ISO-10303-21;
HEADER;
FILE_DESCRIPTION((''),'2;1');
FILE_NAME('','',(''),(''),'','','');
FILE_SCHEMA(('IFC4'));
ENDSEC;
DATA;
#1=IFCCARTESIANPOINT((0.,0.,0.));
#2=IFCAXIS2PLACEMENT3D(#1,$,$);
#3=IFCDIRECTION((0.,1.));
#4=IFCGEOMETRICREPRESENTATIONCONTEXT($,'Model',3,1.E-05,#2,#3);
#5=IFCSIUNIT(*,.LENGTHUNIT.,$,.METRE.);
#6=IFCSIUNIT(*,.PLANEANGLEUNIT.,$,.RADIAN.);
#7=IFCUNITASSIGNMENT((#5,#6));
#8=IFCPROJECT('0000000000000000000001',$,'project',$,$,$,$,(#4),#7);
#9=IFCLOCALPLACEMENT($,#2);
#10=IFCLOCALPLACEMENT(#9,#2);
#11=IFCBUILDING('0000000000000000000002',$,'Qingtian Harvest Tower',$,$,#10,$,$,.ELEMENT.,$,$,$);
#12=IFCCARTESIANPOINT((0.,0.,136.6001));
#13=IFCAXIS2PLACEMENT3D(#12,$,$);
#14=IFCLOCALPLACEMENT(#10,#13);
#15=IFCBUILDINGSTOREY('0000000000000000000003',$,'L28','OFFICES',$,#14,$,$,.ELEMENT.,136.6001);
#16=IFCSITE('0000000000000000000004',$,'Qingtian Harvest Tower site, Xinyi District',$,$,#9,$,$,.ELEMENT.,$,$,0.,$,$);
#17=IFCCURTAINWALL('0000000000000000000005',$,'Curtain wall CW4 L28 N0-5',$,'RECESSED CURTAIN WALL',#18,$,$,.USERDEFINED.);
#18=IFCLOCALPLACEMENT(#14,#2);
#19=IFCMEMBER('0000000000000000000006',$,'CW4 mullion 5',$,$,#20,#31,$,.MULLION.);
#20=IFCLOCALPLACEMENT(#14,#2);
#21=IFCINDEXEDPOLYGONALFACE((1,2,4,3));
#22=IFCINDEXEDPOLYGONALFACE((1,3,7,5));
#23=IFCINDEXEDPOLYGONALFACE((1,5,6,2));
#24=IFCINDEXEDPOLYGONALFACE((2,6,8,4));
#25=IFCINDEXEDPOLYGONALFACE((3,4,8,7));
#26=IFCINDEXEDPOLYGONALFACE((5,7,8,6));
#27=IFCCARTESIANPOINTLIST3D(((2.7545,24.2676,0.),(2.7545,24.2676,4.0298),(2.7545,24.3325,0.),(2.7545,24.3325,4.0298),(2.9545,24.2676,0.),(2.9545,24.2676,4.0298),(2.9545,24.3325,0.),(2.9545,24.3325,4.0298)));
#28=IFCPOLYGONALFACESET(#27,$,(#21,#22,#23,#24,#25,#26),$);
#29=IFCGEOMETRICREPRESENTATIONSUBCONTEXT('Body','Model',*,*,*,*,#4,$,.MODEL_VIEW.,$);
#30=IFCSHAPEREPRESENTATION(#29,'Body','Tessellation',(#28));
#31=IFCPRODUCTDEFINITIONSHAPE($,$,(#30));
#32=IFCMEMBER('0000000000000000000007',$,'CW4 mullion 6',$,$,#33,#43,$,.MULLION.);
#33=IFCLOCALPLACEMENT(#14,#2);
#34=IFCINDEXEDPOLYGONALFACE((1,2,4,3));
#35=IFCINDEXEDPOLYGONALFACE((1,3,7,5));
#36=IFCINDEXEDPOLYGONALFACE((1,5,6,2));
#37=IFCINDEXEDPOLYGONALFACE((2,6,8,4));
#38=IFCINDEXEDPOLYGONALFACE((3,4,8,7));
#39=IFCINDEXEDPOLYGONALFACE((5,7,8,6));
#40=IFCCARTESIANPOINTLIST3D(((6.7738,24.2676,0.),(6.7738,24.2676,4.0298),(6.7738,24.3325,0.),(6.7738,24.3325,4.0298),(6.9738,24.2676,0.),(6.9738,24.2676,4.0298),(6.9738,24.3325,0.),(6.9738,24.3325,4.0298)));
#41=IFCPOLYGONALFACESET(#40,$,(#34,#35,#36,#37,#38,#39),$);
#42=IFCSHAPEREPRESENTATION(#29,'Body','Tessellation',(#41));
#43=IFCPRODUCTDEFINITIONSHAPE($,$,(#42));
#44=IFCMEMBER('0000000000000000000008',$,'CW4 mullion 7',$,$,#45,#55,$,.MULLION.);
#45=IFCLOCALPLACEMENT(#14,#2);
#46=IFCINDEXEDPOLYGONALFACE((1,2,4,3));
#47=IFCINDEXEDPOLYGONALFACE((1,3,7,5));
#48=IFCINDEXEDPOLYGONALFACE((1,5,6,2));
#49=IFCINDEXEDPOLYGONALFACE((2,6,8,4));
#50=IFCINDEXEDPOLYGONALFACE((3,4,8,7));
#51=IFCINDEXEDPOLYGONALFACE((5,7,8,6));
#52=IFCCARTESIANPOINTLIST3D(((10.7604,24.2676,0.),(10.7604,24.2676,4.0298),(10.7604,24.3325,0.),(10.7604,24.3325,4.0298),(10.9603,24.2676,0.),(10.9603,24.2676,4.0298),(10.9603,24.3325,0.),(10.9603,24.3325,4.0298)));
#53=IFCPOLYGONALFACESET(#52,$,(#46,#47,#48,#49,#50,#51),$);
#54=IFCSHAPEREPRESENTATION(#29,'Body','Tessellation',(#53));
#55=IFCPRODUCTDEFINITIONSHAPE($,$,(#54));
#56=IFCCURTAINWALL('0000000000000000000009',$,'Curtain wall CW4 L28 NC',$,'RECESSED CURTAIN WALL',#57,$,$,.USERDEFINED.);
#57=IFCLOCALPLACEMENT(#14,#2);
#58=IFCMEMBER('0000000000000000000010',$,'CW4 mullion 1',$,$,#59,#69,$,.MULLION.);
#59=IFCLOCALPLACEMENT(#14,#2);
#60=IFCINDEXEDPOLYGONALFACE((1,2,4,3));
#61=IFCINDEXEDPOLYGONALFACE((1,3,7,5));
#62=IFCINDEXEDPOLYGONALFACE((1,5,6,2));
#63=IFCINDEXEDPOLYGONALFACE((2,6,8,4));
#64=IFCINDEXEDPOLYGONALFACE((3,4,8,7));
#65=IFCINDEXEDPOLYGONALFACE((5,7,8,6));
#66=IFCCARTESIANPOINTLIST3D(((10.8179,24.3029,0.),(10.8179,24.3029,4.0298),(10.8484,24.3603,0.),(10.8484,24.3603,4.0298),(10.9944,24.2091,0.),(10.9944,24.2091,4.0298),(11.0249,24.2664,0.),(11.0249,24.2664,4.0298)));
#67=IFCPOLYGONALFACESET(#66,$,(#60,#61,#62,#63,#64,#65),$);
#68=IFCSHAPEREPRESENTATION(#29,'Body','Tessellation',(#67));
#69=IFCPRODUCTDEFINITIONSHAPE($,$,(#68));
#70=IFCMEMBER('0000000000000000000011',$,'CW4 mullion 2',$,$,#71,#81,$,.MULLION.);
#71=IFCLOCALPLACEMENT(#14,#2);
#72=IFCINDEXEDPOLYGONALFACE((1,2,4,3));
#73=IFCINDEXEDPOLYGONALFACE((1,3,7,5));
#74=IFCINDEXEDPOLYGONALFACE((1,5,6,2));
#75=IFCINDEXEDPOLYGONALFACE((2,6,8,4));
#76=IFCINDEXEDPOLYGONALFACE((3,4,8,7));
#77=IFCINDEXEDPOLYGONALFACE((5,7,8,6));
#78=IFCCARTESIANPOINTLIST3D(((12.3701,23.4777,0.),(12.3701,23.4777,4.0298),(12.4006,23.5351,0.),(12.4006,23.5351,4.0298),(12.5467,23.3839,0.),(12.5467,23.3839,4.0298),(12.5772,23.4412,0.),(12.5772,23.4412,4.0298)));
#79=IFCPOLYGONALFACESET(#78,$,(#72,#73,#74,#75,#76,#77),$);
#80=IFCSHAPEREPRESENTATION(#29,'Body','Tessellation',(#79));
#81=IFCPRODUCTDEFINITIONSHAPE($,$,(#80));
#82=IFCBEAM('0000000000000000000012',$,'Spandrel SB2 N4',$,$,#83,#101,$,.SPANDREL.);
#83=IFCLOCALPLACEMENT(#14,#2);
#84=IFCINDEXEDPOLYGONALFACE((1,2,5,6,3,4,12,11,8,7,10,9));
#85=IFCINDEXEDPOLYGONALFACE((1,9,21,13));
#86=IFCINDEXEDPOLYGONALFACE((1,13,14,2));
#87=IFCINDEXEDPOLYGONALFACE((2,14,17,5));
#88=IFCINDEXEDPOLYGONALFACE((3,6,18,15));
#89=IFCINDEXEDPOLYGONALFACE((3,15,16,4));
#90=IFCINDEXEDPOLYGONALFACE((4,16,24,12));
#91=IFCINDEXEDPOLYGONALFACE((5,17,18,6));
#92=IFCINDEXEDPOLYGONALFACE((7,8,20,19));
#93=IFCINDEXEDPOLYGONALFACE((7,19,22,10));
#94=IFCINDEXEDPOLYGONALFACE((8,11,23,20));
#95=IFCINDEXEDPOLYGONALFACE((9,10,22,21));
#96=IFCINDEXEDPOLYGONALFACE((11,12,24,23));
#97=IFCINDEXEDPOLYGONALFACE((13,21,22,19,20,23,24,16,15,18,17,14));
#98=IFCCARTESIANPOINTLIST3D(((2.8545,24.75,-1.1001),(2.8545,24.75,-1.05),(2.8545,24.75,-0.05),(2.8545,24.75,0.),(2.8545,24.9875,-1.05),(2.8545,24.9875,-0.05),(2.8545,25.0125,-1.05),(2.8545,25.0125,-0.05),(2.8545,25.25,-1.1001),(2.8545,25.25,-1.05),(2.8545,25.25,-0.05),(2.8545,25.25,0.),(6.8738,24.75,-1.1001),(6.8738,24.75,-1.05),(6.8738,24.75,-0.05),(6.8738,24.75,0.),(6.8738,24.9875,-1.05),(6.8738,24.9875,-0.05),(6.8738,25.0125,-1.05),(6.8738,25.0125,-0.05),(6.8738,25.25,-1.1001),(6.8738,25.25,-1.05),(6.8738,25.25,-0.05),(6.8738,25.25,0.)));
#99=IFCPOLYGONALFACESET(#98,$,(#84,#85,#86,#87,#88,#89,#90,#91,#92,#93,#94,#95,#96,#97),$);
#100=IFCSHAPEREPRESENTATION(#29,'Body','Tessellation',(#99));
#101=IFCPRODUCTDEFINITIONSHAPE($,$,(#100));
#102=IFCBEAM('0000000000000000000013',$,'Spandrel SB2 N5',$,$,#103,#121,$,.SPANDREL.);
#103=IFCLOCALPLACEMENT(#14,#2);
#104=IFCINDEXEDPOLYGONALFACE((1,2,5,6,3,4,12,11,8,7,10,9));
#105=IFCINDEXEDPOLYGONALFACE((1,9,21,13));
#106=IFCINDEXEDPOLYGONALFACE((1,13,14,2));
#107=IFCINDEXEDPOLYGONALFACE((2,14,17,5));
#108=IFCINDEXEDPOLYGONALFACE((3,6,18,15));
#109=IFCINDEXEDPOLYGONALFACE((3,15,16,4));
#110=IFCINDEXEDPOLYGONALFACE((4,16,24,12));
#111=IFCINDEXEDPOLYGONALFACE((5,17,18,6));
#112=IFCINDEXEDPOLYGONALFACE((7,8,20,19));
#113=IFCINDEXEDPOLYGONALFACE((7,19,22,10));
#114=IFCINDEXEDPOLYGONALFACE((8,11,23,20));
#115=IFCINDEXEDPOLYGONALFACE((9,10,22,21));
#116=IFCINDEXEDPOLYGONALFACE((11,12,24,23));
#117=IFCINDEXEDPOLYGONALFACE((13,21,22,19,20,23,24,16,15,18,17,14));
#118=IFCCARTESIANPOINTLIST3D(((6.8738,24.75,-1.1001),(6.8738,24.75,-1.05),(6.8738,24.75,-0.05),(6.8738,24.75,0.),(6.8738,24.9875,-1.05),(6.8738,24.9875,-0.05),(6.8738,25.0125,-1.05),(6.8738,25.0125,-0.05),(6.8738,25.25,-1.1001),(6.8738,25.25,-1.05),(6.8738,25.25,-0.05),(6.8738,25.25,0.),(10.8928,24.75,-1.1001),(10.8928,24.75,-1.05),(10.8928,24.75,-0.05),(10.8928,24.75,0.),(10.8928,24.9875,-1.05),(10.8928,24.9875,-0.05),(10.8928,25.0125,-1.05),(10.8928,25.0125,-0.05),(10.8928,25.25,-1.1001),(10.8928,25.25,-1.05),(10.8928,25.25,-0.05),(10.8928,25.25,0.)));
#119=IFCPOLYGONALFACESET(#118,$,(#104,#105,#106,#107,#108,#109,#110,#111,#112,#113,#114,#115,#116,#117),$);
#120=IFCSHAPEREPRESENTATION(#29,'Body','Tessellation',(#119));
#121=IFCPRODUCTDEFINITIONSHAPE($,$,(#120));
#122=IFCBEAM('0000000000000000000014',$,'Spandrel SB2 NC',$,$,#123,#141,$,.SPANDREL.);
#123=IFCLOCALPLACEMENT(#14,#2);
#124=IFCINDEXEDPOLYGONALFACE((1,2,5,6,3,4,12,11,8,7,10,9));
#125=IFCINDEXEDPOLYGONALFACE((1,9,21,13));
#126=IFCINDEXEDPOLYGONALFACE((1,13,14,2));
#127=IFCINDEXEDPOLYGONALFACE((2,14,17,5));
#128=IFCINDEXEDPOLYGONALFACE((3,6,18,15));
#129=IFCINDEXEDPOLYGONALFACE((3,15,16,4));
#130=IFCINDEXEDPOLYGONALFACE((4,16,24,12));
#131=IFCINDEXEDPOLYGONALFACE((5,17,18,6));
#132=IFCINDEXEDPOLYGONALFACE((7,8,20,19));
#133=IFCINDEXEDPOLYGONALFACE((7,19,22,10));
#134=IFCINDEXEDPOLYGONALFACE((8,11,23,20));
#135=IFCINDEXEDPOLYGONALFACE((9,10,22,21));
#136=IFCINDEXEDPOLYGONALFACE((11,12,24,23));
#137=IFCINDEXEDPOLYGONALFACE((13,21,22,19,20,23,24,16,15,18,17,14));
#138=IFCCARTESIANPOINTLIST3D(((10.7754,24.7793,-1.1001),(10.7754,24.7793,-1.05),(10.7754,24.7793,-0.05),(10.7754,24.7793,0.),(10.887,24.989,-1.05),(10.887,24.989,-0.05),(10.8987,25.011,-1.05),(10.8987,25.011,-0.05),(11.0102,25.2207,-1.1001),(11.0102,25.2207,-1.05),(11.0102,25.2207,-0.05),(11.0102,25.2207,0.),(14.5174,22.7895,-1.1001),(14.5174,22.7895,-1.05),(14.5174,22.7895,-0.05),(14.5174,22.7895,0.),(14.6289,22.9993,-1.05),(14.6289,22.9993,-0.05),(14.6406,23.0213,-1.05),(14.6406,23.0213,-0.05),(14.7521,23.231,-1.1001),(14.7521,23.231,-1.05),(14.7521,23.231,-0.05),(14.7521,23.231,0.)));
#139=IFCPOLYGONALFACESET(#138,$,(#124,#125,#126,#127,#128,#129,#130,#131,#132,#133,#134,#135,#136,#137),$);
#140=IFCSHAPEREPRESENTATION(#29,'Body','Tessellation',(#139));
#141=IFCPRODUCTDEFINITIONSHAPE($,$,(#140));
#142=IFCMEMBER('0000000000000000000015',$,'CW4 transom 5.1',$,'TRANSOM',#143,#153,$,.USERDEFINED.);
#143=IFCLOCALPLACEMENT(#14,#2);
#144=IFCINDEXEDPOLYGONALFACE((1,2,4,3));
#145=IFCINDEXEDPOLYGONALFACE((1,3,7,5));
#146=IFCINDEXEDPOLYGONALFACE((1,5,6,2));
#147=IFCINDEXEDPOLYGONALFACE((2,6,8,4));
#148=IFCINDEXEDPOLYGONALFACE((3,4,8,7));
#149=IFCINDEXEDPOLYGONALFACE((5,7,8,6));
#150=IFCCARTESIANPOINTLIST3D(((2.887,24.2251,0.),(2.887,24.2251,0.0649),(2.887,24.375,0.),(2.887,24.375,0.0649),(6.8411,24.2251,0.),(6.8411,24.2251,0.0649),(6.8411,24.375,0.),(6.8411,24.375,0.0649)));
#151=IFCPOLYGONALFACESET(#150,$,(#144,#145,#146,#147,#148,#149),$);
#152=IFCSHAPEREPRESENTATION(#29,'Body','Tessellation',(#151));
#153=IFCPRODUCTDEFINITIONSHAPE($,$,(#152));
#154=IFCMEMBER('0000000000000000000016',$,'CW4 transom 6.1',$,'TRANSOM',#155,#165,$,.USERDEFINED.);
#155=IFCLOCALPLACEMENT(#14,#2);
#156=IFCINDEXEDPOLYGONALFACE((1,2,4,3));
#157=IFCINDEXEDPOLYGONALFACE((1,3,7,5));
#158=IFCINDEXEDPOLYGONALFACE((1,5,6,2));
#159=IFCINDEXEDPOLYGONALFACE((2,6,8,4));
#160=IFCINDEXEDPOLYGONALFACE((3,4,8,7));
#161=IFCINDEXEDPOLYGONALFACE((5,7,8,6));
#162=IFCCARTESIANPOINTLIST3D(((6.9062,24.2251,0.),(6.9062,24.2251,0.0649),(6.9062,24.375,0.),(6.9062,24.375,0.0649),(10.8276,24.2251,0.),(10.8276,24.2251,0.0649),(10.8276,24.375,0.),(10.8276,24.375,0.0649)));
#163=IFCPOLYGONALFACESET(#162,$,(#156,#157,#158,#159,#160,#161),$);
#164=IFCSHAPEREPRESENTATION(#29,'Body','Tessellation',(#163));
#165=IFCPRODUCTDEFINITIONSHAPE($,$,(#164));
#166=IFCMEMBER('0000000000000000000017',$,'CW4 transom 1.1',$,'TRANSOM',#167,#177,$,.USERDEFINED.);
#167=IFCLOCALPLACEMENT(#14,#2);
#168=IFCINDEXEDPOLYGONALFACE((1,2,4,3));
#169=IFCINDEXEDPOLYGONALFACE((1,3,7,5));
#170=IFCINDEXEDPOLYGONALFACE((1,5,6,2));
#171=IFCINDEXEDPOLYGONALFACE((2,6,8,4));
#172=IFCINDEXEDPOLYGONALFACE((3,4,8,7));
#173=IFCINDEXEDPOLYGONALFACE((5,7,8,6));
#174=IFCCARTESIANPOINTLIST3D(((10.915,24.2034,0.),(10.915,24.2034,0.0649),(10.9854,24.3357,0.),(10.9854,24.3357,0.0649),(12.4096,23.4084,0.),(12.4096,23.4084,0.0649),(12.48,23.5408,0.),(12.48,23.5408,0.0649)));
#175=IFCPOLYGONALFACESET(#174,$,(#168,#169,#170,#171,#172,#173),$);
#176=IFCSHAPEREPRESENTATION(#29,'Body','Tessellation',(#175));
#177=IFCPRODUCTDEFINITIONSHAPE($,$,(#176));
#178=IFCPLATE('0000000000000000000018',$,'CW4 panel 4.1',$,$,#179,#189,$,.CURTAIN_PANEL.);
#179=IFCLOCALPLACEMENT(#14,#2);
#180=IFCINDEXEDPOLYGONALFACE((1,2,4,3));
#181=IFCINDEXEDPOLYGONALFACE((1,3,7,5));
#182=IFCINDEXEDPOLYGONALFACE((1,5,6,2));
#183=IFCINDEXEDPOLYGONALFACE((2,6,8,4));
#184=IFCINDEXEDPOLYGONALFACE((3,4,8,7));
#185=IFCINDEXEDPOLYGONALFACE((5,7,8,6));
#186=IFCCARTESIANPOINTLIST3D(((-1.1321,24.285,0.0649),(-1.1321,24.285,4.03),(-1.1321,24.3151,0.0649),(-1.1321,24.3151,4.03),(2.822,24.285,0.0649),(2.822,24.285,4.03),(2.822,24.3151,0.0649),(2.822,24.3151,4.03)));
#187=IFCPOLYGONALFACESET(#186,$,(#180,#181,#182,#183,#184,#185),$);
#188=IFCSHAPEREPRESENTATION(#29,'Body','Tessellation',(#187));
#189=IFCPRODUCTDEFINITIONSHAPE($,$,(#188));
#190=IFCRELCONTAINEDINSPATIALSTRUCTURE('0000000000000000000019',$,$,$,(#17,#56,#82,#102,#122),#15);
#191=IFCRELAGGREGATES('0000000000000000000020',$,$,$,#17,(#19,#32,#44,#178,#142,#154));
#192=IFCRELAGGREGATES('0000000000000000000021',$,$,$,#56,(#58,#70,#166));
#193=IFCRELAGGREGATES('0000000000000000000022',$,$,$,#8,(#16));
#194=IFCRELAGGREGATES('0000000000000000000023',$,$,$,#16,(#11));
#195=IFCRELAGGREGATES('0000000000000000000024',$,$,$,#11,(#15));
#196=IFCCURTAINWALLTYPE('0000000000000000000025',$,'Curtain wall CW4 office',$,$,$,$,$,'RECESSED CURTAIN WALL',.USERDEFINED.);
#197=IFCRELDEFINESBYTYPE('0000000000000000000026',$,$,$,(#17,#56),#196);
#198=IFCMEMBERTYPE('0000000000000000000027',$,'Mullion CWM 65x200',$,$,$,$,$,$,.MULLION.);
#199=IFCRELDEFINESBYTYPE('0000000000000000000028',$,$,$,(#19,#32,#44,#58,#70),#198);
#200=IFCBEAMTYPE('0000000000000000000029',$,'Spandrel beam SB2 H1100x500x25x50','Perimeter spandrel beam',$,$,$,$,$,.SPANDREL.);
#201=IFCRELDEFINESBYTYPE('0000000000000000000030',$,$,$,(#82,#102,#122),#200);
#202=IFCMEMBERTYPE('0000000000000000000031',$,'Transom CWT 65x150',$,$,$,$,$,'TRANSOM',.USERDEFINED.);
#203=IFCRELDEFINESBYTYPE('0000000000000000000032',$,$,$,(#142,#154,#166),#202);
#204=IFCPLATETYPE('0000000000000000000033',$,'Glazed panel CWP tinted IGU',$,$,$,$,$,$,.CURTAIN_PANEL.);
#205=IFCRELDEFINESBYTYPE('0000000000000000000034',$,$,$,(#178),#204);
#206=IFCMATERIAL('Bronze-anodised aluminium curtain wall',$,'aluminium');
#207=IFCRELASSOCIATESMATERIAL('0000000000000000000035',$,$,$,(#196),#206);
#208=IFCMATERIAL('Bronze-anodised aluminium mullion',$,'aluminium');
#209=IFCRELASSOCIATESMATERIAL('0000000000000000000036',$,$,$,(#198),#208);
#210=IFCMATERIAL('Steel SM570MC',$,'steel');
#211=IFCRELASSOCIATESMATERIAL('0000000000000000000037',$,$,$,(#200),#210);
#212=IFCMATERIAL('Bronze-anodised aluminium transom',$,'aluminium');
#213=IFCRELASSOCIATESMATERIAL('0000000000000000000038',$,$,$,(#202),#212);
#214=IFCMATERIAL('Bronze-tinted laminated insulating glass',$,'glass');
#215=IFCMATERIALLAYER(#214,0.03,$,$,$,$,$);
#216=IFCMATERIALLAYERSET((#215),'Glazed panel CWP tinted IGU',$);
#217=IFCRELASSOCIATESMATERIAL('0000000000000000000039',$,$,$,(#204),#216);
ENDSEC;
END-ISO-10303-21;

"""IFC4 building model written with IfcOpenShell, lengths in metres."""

from ifc_helpers import new_model, si_unit, direction, frame, origin, origin_2d, place, context, subcontext, project, spatial, rectangle, i_section, extrude, material, layer, layer_set, material_profile, profile_set, type_object, element, aggregate, save


model = new_model("IFC4")

# Units and contexts
model_context = context("Model", 3, precision=1e-05, world=origin(), true_north=direction((0.0, 1.0)))
body_context = subcontext(model_context, "Body", "Model", "MODEL_VIEW")
ifc_project = project(units=[si_unit("LENGTHUNIT", "METRE"), si_unit("PLANEANGLEUNIT", "RADIAN")], contexts=[model_context])

# Site, building, storey
site_placement = place(None, origin())
site = spatial("IfcSite", under=ifc_project, at=site_placement, Name="Qingtian Harvest Tower site, Xinyi District", CompositionType="ELEMENT", RefElevation=0.0)
building_placement = place(site_placement, origin())
building = spatial("IfcBuilding", under=site, at=building_placement, Name="Qingtian Harvest Tower", CompositionType="ELEMENT")
storey_placement = place(building_placement, frame((0.0, 0.0, 136.6001)))
storey = spatial("IfcBuildingStorey", under=building, at=storey_placement, Name="L28", Description="OFFICES", CompositionType="ELEMENT", Elevation=136.6001)

# Curtain walls, members
ifc_material_1 = material(Name="Bronze-anodised aluminium curtain wall", Category="aluminium")
curtain_wall_type = type_object("IfcCurtainWallType", Name="Curtain wall CW4 office", ElementType="RECESSED CURTAIN WALL", PredefinedType="USERDEFINED", material=ifc_material_1)
curtain_wall_1_placement = place(storey_placement, origin())
curtain_wall_1 = element("IfcCurtainWall", 1, at=curtain_wall_1_placement, inside=storey, type_object=curtain_wall_type, Name="Curtain wall CW4 L28 N0-5", ObjectType="RECESSED CURTAIN WALL", PredefinedType="USERDEFINED")
ifc_material_2 = material(Name="Bronze-anodised aluminium mullion", Category="aluminium")
ifc_material_profile_1 = material_profile(ifc_material_2, rectangle(XDim=0.0649, YDim=0.2, at=origin_2d()), Name="AL 65x200")
ifc_profile_set_1 = profile_set([ifc_material_profile_1], Name="Bronze-anodised aluminium mullion")
member_type_1 = type_object("IfcMemberType", Name="Mullion CWM 65x200", PredefinedType="MULLION", material=ifc_profile_set_1)
member_1_placement = place(storey_placement, frame((2.8545, 24.3, 0.0), z_axis=(0.0, 0.0, 1.0), x_axis=(0.0, 1.0, 0.0)))
member_1 = element("IfcMember", 2, at=member_1_placement, type_object=member_type_1, Name="CW4 mullion 5", PredefinedType="MULLION", context=body_context, shape_type="SweptSolid", body=[
    extrude(rectangle(XDim=0.0649, YDim=0.2, at=origin_2d()), origin(), (0.0, 0.0, 1.0), 4.0298),
])
member_2_placement = place(storey_placement, frame((6.8738, 24.3, 0.0), z_axis=(0.0, 0.0, 1.0), x_axis=(0.0, 1.0, 0.0)))
member_2 = element("IfcMember", 3, at=member_2_placement, type_object=member_type_1, Name="CW4 mullion 6", PredefinedType="MULLION", context=body_context, shape_type="SweptSolid", body=[
    extrude(rectangle(XDim=0.0649, YDim=0.2, at=origin_2d()), origin(), (0.0, 0.0, 1.0), 4.0298),
])
member_3_placement = place(storey_placement, frame((10.8604, 24.3, 0.0), z_axis=(0.0, 0.0, 1.0), x_axis=(0.0, 1.0, 0.0)))
member_3 = element("IfcMember", 4, at=member_3_placement, type_object=member_type_1, Name="CW4 mullion 7", PredefinedType="MULLION", context=body_context, shape_type="SweptSolid", body=[
    extrude(rectangle(XDim=0.0649, YDim=0.2, at=origin_2d()), origin(), (0.0, 0.0, 1.0), 4.0298),
])
curtain_wall_2_placement = place(storey_placement, origin())
curtain_wall_2 = element("IfcCurtainWall", 5, at=curtain_wall_2_placement, inside=storey, type_object=curtain_wall_type, Name="Curtain wall CW4 L28 NC", ObjectType="RECESSED CURTAIN WALL", PredefinedType="USERDEFINED")
member_4_placement = place(storey_placement, frame((10.9214, 24.2847, 0.0), z_axis=(0.0, 0.0, 1.0), x_axis=(0.469472, 0.882948, 0.0)))
member_4 = element("IfcMember", 6, at=member_4_placement, type_object=member_type_1, Name="CW4 mullion 1", PredefinedType="MULLION", context=body_context, shape_type="SweptSolid", body=[
    extrude(rectangle(XDim=0.0649, YDim=0.2, at=origin_2d()), origin(), (0.0, 0.0, 1.0), 4.0298),
])
member_5_placement = place(storey_placement, frame((12.4736, 23.4595, 0.0), z_axis=(0.0, 0.0, 1.0), x_axis=(0.469472, 0.882948, 0.0)))
member_5 = element("IfcMember", 7, at=member_5_placement, type_object=member_type_1, Name="CW4 mullion 2", PredefinedType="MULLION", context=body_context, shape_type="SweptSolid", body=[
    extrude(rectangle(XDim=0.0649, YDim=0.2, at=origin_2d()), origin(), (0.0, 0.0, 1.0), 4.0298),
])

# Beams
ifc_material_3 = material(Name="Steel SM570MC", Category="steel")
ifc_material_profile_2 = material_profile(ifc_material_3, i_section(OverallWidth=0.5, OverallDepth=1.1001, WebThickness=0.0249, FlangeThickness=0.05, at=origin_2d()), Name="H1100x500x25x50")
ifc_profile_set_2 = profile_set([ifc_material_profile_2], Name="Steel SM570MC")
beam_type_1 = type_object("IfcBeamType", Name="Spandrel beam SB2 H1100x500x25x50", Description="Perimeter spandrel beam", PredefinedType="SPANDREL", material=ifc_profile_set_2)
beam_1_placement = place(storey_placement, frame((2.8545, 25.0, -0.55), z_axis=(1.0, 0.0, 0.0), x_axis=(0.0, 1.0, 0.0)))
element("IfcBeam", 8, at=beam_1_placement, inside=storey, type_object=beam_type_1, Name="Spandrel SB2 N4", PredefinedType="SPANDREL", context=body_context, shape_type="SweptSolid", body=[
    extrude(i_section(OverallWidth=0.5, OverallDepth=1.1001, WebThickness=0.0249, FlangeThickness=0.05, at=origin_2d()), origin(), (0.0, 0.0, 1.0), 4.0193),
])
beam_2_placement = place(storey_placement, frame((6.8738, 25.0, -0.55), z_axis=(1.0, 0.0, 0.0), x_axis=(0.0, 1.0, 0.0)))
element("IfcBeam", 9, at=beam_2_placement, inside=storey, type_object=beam_type_1, Name="Spandrel SB2 N5", PredefinedType="SPANDREL", context=body_context, shape_type="SweptSolid", body=[
    extrude(i_section(OverallWidth=0.5, OverallDepth=1.1001, WebThickness=0.0249, FlangeThickness=0.05, at=origin_2d()), origin(), (0.0, 0.0, 1.0), 4.019),
])
beam_3_placement = place(storey_placement, frame((10.8928, 25.0, -0.55), z_axis=(0.882936, -0.469494, 0.0), x_axis=(0.469494, 0.882936, 0.0)))
element("IfcBeam", 10, at=beam_3_placement, inside=storey, type_object=beam_type_1, Name="Spandrel SB2 NC", PredefinedType="SPANDREL", context=body_context, shape_type="SweptSolid", body=[
    extrude(i_section(OverallWidth=0.5, OverallDepth=1.1001, WebThickness=0.0249, FlangeThickness=0.05, at=origin_2d()), origin(), (0.0, 0.0, 1.0), 4.238),
])

# Members
ifc_material_4 = material(Name="Bronze-anodised aluminium transom", Category="aluminium")
ifc_material_profile_3 = material_profile(ifc_material_4, rectangle(XDim=0.1499, YDim=0.0649, at=origin_2d()), Name="AL 65x150")
ifc_profile_set_3 = profile_set([ifc_material_profile_3], Name="Bronze-anodised aluminium transom")
member_type_2 = type_object("IfcMemberType", Name="Transom CWT 65x150", ElementType="TRANSOM", PredefinedType="USERDEFINED", material=ifc_profile_set_3)
member_6_placement = place(storey_placement, frame((2.887, 24.3, 0.0325), z_axis=(1.0, 0.0, 0.0), x_axis=(0.0, 1.0, 0.0)))
member_6 = element("IfcMember", 11, at=member_6_placement, type_object=member_type_2, Name="CW4 transom 5.1", ObjectType="TRANSOM", PredefinedType="USERDEFINED", context=body_context, shape_type="SweptSolid", body=[
    extrude(rectangle(XDim=0.1499, YDim=0.0649, at=origin_2d()), origin(), (0.0, 0.0, 1.0), 3.9541),
])
member_7_placement = place(storey_placement, frame((6.9062, 24.3, 0.0325), z_axis=(1.0, 0.0, 0.0), x_axis=(0.0, 1.0, 0.0)))
member_7 = element("IfcMember", 12, at=member_7_placement, type_object=member_type_2, Name="CW4 transom 6.1", ObjectType="TRANSOM", PredefinedType="USERDEFINED", context=body_context, shape_type="SweptSolid", body=[
    extrude(rectangle(XDim=0.1499, YDim=0.0649, at=origin_2d()), origin(), (0.0, 0.0, 1.0), 3.9214),
])
member_8_placement = place(storey_placement, frame((10.9502, 24.2695, 0.0325), z_axis=(0.882895, -0.46957, 0.0), x_axis=(0.46957, 0.882895, 0.0)))
member_8 = element("IfcMember", 13, at=member_8_placement, type_object=member_type_2, Name="CW4 transom 1.1", ObjectType="TRANSOM", PredefinedType="USERDEFINED", context=body_context, shape_type="SweptSolid", body=[
    extrude(rectangle(XDim=0.1499, YDim=0.0649, at=origin_2d()), origin(), (0.0, 0.0, 1.0), 1.6929),
])

# Plate
ifc_material_5 = material(Name="Bronze-tinted laminated insulating glass", Category="glass")
ifc_layer_1 = layer(ifc_material_5, 0.03)
ifc_layer_set_1 = layer_set([ifc_layer_1], Name="Glazed panel CWP tinted IGU")
plate_type = type_object("IfcPlateType", Name="Glazed panel CWP tinted IGU", PredefinedType="CURTAIN_PANEL", material=ifc_layer_set_1)
plate_1_placement = place(storey_placement, frame((0.845, 24.3, 0.0649), z_axis=(0.0, 0.0, 1.0), x_axis=(1.0, 0.0, 0.0)))
plate_1 = element("IfcPlate", 14, at=plate_1_placement, type_object=plate_type, Name="CW4 panel 4.1", PredefinedType="CURTAIN_PANEL", context=body_context, shape_type="SweptSolid", body=[
    extrude(rectangle(XDim=3.9541, YDim=0.03, at=origin_2d()), origin(), (0.0, 0.0, 1.0), 3.9651),
])
aggregate(curtain_wall_1, [member_1, member_2, member_3, plate_1, member_6, member_7])
aggregate(curtain_wall_2, [member_4, member_5, member_8])

save(model, "model.ifc")
